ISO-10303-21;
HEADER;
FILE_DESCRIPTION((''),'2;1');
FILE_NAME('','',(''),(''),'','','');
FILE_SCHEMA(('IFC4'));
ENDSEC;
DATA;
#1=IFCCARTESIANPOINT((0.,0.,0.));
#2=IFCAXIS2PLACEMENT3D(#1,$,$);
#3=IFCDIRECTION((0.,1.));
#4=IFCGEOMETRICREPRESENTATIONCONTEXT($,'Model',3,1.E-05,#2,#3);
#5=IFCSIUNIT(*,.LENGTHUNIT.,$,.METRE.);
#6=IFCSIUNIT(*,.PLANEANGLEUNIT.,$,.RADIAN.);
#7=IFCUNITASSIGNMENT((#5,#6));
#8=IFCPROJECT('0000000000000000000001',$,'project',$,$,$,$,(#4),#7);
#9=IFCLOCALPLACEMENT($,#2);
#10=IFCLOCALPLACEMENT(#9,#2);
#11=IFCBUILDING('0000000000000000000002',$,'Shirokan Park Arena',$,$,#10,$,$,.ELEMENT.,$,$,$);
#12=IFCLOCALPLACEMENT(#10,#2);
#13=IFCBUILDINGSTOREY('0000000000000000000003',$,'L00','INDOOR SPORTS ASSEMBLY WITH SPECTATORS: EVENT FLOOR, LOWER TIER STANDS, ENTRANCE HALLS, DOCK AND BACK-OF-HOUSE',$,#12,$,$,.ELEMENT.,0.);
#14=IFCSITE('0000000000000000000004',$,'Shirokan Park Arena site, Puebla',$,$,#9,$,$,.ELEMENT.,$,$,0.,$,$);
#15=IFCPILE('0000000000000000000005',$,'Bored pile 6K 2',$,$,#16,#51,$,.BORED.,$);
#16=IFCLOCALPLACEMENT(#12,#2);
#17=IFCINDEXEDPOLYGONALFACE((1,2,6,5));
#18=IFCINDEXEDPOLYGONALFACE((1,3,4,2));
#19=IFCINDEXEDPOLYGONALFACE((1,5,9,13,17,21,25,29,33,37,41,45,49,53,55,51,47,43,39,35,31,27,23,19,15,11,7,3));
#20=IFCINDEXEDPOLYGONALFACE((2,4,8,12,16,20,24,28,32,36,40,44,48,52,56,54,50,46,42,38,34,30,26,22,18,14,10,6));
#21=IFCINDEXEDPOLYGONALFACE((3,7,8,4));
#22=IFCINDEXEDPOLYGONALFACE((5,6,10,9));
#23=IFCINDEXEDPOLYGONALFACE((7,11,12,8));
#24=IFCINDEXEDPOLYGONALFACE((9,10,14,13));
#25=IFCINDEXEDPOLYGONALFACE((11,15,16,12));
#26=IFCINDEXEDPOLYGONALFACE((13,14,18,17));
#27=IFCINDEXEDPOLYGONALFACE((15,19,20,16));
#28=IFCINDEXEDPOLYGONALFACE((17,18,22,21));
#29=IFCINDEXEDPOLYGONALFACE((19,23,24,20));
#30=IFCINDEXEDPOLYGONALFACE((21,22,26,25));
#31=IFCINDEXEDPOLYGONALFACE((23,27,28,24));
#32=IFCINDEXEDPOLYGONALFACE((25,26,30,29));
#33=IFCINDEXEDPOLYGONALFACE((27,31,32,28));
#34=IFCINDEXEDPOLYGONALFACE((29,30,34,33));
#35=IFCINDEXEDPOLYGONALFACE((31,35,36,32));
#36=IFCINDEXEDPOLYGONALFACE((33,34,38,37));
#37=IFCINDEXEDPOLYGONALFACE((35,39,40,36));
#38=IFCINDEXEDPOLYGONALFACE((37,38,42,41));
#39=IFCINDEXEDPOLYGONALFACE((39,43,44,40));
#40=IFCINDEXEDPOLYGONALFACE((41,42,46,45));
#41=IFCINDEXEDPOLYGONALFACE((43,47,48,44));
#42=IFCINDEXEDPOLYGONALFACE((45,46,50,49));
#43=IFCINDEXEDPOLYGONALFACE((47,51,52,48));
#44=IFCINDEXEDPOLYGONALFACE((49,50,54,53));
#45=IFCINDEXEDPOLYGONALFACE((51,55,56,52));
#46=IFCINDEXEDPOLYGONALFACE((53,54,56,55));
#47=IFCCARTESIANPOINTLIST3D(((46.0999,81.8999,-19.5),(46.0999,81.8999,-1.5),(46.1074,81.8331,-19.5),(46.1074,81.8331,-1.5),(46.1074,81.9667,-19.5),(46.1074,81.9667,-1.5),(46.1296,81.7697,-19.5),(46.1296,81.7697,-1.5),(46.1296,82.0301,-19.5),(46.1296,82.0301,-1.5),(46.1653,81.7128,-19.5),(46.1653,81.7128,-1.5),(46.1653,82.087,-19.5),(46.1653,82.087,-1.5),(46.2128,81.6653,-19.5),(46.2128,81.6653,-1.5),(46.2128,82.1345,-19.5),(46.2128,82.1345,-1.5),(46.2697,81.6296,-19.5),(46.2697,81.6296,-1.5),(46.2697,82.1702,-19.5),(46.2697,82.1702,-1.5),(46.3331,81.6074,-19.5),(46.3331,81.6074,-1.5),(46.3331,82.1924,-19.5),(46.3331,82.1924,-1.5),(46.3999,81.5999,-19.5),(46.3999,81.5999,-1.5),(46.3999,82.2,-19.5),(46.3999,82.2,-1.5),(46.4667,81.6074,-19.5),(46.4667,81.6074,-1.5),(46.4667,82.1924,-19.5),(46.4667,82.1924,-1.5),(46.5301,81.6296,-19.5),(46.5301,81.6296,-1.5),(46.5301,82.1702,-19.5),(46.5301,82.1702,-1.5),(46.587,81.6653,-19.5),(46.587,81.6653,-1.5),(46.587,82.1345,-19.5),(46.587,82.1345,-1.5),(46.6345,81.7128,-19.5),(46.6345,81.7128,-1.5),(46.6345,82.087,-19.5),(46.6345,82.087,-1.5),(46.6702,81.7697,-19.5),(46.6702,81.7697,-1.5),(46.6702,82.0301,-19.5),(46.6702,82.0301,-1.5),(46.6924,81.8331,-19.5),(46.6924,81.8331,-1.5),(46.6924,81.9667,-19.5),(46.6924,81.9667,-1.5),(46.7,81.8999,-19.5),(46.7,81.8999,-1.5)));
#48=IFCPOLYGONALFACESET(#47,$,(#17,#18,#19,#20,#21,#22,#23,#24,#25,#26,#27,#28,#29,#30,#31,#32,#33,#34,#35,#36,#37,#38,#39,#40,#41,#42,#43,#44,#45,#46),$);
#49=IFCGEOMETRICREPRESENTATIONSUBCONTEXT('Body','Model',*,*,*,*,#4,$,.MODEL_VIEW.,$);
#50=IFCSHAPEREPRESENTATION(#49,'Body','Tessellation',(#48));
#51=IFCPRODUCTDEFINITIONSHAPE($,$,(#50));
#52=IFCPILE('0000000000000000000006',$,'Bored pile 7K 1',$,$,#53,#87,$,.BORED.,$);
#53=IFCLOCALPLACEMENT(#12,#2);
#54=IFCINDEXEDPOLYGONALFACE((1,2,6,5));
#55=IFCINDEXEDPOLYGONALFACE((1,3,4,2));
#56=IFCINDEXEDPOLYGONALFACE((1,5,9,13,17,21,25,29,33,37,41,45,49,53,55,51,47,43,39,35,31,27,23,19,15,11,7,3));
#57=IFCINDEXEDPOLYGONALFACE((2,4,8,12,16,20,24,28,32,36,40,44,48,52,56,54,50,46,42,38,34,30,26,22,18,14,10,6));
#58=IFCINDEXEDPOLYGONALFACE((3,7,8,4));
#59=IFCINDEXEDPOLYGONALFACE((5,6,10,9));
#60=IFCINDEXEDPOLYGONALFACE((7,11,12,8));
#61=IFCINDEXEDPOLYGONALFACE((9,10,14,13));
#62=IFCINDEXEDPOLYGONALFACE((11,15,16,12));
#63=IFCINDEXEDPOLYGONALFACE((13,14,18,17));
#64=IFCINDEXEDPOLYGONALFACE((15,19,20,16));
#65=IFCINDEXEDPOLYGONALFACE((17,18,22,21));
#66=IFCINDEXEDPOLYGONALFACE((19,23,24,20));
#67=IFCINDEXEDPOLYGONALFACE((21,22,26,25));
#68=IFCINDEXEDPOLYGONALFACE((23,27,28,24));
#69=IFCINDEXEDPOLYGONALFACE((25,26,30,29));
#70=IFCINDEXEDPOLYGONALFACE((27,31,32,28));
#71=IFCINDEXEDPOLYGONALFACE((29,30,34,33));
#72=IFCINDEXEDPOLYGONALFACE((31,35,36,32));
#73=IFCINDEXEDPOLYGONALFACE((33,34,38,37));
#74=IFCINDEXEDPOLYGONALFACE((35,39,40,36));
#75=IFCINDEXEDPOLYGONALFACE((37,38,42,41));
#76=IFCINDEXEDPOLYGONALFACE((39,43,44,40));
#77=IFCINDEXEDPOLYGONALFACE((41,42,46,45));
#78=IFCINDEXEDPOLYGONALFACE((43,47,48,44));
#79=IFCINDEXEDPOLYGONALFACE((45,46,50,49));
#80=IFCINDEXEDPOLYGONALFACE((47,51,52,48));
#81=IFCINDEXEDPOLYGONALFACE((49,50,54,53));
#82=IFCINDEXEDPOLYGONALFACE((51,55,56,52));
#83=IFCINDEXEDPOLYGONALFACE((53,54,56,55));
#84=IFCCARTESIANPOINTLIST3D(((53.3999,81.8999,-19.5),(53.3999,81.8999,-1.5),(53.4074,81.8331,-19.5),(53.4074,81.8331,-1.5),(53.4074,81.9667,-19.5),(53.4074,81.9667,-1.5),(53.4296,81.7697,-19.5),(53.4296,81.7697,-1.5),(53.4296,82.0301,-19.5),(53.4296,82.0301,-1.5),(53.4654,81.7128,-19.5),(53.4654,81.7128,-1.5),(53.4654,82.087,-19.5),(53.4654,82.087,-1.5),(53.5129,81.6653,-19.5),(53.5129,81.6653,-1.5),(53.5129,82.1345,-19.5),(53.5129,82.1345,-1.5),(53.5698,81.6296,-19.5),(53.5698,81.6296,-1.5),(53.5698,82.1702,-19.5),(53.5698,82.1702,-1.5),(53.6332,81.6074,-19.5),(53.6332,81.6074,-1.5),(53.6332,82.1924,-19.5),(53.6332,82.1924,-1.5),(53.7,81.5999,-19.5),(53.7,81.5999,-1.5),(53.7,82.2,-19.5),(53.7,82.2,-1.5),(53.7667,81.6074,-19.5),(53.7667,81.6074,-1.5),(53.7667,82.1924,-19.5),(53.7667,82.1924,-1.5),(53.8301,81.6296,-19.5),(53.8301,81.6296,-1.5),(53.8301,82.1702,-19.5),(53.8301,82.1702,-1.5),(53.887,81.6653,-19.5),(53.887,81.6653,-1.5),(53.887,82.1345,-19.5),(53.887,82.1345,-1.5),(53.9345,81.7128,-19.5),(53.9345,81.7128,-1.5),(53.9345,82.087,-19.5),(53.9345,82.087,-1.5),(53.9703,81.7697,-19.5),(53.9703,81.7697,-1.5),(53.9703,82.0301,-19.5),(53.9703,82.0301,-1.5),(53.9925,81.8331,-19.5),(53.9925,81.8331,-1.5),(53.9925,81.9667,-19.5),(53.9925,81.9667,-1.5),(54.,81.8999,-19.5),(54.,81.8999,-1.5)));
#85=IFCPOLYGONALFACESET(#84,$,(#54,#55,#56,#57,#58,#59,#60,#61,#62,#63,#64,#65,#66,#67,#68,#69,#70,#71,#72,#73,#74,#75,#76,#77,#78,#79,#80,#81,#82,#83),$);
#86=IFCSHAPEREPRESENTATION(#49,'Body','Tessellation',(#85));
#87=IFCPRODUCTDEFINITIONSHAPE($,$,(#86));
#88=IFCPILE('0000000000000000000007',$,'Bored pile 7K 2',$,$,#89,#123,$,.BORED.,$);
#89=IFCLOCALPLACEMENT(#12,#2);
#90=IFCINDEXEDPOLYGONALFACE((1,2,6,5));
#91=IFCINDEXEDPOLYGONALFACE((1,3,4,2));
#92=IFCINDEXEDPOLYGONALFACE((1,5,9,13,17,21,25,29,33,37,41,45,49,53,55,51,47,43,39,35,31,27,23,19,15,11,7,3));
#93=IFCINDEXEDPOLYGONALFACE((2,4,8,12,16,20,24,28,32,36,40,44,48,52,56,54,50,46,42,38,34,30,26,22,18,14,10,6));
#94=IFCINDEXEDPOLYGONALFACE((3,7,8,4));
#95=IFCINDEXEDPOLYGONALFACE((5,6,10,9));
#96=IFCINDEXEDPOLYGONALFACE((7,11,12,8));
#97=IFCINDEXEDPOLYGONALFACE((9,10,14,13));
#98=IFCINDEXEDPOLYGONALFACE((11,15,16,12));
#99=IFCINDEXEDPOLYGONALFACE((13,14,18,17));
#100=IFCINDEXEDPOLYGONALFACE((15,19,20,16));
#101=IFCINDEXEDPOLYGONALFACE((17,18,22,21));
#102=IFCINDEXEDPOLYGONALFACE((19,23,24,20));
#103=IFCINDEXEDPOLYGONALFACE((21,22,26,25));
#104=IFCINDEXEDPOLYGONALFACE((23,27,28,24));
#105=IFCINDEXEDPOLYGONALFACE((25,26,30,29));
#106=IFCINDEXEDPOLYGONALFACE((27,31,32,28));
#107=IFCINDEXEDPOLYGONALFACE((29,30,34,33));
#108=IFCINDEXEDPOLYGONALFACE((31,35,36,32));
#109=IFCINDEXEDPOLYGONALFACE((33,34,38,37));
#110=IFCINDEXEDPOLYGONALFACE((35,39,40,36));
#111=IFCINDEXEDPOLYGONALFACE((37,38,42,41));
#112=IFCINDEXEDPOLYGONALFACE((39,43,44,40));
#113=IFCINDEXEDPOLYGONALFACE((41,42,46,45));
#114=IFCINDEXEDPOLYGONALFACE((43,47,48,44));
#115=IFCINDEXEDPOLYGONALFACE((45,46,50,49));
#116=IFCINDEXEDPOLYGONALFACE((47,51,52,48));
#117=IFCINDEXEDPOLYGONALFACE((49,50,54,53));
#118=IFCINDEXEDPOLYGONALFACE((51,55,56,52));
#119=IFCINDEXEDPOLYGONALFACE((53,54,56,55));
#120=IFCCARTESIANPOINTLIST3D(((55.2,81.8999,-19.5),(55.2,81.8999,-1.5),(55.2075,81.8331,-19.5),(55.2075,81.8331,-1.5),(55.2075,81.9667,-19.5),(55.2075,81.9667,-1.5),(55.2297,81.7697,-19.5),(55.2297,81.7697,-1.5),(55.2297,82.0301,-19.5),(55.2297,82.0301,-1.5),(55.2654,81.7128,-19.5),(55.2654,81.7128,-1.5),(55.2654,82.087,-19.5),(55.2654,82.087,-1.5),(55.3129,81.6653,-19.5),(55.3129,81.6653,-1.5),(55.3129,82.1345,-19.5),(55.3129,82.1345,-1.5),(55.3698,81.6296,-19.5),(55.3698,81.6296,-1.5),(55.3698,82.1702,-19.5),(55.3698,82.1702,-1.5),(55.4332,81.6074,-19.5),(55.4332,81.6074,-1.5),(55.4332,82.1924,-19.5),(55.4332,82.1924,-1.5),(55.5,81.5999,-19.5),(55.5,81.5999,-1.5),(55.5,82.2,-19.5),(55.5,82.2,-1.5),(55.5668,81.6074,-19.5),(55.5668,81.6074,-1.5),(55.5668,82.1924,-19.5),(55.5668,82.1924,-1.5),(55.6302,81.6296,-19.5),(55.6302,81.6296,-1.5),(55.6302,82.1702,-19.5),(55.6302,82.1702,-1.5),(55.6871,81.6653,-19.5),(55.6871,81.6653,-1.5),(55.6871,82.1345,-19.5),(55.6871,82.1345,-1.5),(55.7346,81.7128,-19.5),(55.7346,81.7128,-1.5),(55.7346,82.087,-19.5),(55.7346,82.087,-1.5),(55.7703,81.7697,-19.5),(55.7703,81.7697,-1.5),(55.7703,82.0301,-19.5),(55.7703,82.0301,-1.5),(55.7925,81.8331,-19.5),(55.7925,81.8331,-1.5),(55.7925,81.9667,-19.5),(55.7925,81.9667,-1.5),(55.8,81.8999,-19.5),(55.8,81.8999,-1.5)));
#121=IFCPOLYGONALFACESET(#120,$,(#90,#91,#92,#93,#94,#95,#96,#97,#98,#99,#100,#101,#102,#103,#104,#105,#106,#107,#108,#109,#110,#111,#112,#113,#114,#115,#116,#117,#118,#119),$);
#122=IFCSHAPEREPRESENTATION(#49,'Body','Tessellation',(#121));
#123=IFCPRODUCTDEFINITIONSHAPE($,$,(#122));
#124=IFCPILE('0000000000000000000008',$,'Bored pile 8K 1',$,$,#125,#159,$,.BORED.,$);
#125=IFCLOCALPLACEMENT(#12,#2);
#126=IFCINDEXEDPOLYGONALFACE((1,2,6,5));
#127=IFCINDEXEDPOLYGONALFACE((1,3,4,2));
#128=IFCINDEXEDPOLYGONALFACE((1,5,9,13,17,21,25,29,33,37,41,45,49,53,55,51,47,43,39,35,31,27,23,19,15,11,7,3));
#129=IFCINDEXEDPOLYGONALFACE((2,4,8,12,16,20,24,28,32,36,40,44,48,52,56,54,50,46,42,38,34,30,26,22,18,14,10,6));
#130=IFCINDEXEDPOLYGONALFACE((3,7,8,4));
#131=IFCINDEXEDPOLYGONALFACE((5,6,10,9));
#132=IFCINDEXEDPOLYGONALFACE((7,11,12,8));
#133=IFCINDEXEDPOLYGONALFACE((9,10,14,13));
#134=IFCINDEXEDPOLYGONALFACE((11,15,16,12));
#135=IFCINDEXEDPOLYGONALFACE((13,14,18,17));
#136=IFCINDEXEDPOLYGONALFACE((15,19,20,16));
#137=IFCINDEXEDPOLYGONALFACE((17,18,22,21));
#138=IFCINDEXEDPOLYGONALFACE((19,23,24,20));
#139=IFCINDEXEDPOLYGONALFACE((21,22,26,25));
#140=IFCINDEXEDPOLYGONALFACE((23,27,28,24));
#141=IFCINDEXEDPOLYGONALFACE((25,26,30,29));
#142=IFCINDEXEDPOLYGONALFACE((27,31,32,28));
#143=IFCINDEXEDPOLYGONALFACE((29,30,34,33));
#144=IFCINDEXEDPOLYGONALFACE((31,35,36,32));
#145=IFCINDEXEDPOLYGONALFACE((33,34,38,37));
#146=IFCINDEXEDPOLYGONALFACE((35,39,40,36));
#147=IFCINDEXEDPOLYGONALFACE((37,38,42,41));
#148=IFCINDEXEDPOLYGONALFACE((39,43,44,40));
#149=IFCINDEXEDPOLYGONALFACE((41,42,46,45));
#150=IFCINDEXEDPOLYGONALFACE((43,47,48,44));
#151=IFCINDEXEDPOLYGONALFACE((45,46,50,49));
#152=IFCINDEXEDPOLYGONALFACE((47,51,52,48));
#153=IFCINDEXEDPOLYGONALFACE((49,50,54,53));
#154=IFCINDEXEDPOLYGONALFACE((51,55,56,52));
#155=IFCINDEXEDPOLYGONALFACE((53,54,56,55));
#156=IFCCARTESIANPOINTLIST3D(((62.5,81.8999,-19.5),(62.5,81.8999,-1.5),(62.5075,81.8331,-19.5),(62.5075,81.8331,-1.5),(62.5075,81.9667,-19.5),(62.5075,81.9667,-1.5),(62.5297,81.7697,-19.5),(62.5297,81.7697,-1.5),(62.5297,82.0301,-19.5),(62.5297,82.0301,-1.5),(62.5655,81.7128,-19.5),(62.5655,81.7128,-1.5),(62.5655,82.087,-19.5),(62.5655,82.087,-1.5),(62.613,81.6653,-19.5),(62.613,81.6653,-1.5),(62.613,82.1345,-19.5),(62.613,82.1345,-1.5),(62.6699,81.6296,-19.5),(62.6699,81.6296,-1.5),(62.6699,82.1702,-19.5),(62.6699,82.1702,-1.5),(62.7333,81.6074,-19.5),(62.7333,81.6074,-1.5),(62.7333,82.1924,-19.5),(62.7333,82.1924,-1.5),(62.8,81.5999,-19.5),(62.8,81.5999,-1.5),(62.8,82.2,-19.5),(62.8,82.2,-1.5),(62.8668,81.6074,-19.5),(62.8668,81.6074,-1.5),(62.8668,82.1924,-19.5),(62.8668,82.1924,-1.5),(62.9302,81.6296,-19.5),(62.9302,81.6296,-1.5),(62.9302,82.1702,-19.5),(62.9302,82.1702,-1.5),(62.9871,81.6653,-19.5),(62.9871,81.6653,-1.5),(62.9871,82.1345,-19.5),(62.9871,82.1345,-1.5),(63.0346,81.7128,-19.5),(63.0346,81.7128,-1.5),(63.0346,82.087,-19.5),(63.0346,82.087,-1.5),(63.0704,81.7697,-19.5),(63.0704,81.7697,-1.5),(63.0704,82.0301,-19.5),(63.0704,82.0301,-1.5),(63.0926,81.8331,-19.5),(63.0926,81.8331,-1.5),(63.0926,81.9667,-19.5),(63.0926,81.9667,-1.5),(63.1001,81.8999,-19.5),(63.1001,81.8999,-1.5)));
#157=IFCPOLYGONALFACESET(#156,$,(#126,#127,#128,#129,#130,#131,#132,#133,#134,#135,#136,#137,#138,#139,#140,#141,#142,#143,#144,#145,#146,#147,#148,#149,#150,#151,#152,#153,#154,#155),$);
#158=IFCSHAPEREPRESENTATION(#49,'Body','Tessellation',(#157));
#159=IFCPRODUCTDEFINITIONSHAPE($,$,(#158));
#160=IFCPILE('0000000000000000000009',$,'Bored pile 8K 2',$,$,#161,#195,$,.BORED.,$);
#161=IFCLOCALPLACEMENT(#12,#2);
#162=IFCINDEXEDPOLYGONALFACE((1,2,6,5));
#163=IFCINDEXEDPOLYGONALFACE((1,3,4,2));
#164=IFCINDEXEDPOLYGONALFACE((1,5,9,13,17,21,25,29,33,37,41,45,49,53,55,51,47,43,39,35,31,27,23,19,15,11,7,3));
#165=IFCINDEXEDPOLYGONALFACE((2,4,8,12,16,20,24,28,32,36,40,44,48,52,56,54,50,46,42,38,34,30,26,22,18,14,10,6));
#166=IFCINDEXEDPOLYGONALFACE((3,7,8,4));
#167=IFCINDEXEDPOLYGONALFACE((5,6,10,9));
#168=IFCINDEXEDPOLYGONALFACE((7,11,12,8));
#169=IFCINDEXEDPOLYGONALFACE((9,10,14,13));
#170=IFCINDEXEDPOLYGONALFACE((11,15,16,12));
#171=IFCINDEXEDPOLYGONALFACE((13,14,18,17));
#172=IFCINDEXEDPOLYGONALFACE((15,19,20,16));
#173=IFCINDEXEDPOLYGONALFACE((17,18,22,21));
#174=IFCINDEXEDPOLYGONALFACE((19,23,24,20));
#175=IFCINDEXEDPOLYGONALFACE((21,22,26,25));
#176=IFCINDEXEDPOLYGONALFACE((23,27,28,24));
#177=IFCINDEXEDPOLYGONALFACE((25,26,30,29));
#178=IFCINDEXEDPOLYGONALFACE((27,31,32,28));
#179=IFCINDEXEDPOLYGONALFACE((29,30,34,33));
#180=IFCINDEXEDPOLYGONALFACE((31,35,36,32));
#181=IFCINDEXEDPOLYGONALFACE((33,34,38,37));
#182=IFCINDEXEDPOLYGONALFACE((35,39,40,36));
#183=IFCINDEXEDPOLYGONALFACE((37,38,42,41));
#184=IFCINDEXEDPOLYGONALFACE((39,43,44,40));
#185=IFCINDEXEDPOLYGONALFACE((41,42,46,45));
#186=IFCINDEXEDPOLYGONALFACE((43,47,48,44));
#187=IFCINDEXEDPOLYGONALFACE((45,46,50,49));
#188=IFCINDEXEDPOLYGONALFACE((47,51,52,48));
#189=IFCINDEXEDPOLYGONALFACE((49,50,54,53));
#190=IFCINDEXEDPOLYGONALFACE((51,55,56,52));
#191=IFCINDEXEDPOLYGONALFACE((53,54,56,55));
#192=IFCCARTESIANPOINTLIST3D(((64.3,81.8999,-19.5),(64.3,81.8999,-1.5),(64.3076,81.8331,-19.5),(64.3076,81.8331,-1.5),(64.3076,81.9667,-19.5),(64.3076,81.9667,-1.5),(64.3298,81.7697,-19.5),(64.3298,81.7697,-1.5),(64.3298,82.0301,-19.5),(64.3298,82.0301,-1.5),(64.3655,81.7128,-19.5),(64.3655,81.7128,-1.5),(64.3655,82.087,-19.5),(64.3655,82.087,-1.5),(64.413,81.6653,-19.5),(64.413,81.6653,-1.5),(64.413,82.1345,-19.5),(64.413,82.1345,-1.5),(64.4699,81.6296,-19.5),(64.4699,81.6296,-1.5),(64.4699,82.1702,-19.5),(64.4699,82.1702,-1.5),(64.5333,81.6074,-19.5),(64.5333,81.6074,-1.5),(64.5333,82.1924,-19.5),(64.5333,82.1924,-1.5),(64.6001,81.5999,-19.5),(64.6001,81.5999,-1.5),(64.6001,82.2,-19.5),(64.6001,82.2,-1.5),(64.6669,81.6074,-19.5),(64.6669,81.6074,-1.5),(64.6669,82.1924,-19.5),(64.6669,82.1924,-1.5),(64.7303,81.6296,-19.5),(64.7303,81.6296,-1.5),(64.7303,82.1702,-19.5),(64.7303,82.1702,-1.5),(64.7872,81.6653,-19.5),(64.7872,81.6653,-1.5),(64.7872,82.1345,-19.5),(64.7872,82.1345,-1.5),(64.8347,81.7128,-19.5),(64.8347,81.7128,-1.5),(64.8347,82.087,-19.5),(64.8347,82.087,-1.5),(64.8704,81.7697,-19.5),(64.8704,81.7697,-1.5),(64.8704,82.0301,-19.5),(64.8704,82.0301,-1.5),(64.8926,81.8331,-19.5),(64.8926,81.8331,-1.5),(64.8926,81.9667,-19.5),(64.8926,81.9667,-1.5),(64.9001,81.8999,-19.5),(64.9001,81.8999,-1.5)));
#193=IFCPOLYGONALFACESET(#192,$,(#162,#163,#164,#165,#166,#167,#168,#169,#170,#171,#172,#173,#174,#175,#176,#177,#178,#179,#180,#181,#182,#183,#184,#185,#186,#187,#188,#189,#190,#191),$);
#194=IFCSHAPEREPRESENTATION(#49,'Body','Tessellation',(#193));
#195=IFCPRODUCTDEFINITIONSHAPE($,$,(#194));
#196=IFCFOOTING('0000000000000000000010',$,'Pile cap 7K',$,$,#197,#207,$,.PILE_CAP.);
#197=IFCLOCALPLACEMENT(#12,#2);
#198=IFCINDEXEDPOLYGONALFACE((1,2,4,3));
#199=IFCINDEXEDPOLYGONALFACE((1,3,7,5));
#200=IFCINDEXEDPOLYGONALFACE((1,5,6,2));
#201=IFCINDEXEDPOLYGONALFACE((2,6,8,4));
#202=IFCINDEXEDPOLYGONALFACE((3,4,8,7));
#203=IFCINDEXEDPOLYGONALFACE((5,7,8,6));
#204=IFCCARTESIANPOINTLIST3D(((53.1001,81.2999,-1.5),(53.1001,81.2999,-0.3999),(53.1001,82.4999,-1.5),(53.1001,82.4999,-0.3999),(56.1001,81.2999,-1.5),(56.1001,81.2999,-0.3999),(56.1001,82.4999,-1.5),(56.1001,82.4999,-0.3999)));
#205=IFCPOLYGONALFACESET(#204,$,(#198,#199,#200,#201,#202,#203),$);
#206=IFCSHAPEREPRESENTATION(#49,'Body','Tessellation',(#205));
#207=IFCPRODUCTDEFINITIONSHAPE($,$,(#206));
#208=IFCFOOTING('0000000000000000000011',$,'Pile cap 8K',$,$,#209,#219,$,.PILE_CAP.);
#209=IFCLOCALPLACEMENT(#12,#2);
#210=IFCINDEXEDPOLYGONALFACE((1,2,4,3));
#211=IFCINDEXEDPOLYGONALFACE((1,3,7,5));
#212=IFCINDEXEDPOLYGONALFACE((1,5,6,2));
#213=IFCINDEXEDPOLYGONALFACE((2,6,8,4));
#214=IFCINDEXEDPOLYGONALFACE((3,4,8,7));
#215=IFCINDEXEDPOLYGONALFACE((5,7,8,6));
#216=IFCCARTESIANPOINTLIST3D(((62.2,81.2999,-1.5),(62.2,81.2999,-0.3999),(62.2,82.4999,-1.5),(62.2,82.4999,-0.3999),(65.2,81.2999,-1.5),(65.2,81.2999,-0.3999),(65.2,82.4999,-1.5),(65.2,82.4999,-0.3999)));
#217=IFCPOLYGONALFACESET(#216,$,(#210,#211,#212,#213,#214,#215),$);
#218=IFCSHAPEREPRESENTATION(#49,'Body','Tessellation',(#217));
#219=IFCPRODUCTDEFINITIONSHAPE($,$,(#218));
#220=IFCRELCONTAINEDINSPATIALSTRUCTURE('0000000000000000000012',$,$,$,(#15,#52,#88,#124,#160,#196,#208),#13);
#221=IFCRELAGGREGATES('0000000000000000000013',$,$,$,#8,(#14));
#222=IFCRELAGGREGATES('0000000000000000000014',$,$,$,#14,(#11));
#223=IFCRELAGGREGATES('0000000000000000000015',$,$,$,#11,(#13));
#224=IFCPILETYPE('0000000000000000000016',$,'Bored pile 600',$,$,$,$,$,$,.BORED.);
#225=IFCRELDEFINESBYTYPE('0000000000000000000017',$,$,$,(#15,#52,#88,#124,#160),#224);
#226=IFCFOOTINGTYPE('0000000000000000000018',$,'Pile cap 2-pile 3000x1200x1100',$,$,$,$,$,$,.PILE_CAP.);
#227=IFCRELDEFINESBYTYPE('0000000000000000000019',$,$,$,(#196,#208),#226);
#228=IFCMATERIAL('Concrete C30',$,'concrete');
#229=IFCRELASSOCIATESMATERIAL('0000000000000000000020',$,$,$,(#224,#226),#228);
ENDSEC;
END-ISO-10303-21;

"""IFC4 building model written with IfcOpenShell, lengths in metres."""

from ifc_helpers import new_model, si_unit, direction, frame, origin, origin_2d, place, context, subcontext, project, spatial, rectangle, circle, extrude, material, material_profile, profile_set, type_object, element, save


model = new_model("IFC4")

# Units and contexts
model_context = context("Model", 3, precision=1e-05, world=origin(), true_north=direction((0.0, 1.0)))
body_context = subcontext(model_context, "Body", "Model", "MODEL_VIEW")
ifc_project = project(units=[si_unit("LENGTHUNIT", "METRE"), si_unit("PLANEANGLEUNIT", "RADIAN")], contexts=[model_context])

# Site, building, storey
site_placement = place(None, origin())
site = spatial("IfcSite", under=ifc_project, at=site_placement, Name="Shirokan Park Arena site, Puebla", CompositionType="ELEMENT", RefElevation=0.0)
building_placement = place(site_placement, origin())
building = spatial("IfcBuilding", under=site, at=building_placement, Name="Shirokan Park Arena", CompositionType="ELEMENT")
storey_placement = place(building_placement, origin())
storey = spatial("IfcBuildingStorey", under=building, at=storey_placement, Name="L00", Description="INDOOR SPORTS ASSEMBLY WITH SPECTATORS: EVENT FLOOR, LOWER TIER STANDS, ENTRANCE HALLS, DOCK AND BACK-OF-HOUSE", CompositionType="ELEMENT", Elevation=0.0)

# Piles
ifc_material_1 = material(Name="Concrete C30", Category="concrete")
ifc_material_profile_1 = material_profile(ifc_material_1, circle(Radius=0.3, at=origin_2d()), Name="D600")
ifc_profile_set_1 = profile_set([ifc_material_profile_1], Name="Concrete C30")
pile_type = type_object("IfcPileType", Name="Bored pile 600", PredefinedType="BORED", material=ifc_profile_set_1)
for number, where, z_axis, x_axis, name in (
    (1, (46.3999, 81.8999, -1.5), (0.0, 0.0, -1.0), (1.0, 0.0, 0.0), "Bored pile 6K 2"),
    (2, (53.7, 81.8999, -1.5), (0.0, 0.0, -1.0), (1.0, 0.0, 0.0), "Bored pile 7K 1"),
    (3, (55.5, 81.8999, -1.5), (0.0, 0.0, -1.0), (1.0, 0.0, 0.0), "Bored pile 7K 2"),
    (4, (62.8, 81.8999, -1.5), (0.0, 0.0, -1.0), (1.0, 0.0, 0.0), "Bored pile 8K 1"),
    (5, (64.6001, 81.8999, -1.5), (0.0, 0.0, -1.0), (1.0, 0.0, 0.0), "Bored pile 8K 2"),
):
    element("IfcPile", number, at=place(storey_placement, frame(where, z_axis=z_axis, x_axis=x_axis)), inside=storey, type_object=pile_type, Name=name, PredefinedType="BORED", context=body_context, shape_type="SweptSolid", body=[
        extrude(circle(Radius=0.3, at=origin_2d()), origin(), (0.0, 0.0, 1.0), 18.0),
    ])

# Footings
footing_type = type_object("IfcFootingType", Name="Pile cap 2-pile 3000x1200x1100", PredefinedType="PILE_CAP", material=ifc_material_1)
for number, where, z_axis, x_axis, name in (
    (6, (54.6001, 81.8999, -1.5), (0.0, 0.0, 1.0), (1.0, 0.0, 0.0), "Pile cap 7K"),
    (7, (63.7, 81.8999, -1.5), (0.0, 0.0, 1.0), (1.0, 0.0, 0.0), "Pile cap 8K"),
):
    element("IfcFooting", number, at=place(storey_placement, frame(where, z_axis=z_axis, x_axis=x_axis)), inside=storey, type_object=footing_type, Name=name, PredefinedType="PILE_CAP", context=body_context, shape_type="SweptSolid", body=[
        extrude(rectangle(XDim=3.0, YDim=1.2, at=origin_2d()), origin(), (0.0, 0.0, 1.0), 1.1001),
    ])

save(model, "model.ifc")
